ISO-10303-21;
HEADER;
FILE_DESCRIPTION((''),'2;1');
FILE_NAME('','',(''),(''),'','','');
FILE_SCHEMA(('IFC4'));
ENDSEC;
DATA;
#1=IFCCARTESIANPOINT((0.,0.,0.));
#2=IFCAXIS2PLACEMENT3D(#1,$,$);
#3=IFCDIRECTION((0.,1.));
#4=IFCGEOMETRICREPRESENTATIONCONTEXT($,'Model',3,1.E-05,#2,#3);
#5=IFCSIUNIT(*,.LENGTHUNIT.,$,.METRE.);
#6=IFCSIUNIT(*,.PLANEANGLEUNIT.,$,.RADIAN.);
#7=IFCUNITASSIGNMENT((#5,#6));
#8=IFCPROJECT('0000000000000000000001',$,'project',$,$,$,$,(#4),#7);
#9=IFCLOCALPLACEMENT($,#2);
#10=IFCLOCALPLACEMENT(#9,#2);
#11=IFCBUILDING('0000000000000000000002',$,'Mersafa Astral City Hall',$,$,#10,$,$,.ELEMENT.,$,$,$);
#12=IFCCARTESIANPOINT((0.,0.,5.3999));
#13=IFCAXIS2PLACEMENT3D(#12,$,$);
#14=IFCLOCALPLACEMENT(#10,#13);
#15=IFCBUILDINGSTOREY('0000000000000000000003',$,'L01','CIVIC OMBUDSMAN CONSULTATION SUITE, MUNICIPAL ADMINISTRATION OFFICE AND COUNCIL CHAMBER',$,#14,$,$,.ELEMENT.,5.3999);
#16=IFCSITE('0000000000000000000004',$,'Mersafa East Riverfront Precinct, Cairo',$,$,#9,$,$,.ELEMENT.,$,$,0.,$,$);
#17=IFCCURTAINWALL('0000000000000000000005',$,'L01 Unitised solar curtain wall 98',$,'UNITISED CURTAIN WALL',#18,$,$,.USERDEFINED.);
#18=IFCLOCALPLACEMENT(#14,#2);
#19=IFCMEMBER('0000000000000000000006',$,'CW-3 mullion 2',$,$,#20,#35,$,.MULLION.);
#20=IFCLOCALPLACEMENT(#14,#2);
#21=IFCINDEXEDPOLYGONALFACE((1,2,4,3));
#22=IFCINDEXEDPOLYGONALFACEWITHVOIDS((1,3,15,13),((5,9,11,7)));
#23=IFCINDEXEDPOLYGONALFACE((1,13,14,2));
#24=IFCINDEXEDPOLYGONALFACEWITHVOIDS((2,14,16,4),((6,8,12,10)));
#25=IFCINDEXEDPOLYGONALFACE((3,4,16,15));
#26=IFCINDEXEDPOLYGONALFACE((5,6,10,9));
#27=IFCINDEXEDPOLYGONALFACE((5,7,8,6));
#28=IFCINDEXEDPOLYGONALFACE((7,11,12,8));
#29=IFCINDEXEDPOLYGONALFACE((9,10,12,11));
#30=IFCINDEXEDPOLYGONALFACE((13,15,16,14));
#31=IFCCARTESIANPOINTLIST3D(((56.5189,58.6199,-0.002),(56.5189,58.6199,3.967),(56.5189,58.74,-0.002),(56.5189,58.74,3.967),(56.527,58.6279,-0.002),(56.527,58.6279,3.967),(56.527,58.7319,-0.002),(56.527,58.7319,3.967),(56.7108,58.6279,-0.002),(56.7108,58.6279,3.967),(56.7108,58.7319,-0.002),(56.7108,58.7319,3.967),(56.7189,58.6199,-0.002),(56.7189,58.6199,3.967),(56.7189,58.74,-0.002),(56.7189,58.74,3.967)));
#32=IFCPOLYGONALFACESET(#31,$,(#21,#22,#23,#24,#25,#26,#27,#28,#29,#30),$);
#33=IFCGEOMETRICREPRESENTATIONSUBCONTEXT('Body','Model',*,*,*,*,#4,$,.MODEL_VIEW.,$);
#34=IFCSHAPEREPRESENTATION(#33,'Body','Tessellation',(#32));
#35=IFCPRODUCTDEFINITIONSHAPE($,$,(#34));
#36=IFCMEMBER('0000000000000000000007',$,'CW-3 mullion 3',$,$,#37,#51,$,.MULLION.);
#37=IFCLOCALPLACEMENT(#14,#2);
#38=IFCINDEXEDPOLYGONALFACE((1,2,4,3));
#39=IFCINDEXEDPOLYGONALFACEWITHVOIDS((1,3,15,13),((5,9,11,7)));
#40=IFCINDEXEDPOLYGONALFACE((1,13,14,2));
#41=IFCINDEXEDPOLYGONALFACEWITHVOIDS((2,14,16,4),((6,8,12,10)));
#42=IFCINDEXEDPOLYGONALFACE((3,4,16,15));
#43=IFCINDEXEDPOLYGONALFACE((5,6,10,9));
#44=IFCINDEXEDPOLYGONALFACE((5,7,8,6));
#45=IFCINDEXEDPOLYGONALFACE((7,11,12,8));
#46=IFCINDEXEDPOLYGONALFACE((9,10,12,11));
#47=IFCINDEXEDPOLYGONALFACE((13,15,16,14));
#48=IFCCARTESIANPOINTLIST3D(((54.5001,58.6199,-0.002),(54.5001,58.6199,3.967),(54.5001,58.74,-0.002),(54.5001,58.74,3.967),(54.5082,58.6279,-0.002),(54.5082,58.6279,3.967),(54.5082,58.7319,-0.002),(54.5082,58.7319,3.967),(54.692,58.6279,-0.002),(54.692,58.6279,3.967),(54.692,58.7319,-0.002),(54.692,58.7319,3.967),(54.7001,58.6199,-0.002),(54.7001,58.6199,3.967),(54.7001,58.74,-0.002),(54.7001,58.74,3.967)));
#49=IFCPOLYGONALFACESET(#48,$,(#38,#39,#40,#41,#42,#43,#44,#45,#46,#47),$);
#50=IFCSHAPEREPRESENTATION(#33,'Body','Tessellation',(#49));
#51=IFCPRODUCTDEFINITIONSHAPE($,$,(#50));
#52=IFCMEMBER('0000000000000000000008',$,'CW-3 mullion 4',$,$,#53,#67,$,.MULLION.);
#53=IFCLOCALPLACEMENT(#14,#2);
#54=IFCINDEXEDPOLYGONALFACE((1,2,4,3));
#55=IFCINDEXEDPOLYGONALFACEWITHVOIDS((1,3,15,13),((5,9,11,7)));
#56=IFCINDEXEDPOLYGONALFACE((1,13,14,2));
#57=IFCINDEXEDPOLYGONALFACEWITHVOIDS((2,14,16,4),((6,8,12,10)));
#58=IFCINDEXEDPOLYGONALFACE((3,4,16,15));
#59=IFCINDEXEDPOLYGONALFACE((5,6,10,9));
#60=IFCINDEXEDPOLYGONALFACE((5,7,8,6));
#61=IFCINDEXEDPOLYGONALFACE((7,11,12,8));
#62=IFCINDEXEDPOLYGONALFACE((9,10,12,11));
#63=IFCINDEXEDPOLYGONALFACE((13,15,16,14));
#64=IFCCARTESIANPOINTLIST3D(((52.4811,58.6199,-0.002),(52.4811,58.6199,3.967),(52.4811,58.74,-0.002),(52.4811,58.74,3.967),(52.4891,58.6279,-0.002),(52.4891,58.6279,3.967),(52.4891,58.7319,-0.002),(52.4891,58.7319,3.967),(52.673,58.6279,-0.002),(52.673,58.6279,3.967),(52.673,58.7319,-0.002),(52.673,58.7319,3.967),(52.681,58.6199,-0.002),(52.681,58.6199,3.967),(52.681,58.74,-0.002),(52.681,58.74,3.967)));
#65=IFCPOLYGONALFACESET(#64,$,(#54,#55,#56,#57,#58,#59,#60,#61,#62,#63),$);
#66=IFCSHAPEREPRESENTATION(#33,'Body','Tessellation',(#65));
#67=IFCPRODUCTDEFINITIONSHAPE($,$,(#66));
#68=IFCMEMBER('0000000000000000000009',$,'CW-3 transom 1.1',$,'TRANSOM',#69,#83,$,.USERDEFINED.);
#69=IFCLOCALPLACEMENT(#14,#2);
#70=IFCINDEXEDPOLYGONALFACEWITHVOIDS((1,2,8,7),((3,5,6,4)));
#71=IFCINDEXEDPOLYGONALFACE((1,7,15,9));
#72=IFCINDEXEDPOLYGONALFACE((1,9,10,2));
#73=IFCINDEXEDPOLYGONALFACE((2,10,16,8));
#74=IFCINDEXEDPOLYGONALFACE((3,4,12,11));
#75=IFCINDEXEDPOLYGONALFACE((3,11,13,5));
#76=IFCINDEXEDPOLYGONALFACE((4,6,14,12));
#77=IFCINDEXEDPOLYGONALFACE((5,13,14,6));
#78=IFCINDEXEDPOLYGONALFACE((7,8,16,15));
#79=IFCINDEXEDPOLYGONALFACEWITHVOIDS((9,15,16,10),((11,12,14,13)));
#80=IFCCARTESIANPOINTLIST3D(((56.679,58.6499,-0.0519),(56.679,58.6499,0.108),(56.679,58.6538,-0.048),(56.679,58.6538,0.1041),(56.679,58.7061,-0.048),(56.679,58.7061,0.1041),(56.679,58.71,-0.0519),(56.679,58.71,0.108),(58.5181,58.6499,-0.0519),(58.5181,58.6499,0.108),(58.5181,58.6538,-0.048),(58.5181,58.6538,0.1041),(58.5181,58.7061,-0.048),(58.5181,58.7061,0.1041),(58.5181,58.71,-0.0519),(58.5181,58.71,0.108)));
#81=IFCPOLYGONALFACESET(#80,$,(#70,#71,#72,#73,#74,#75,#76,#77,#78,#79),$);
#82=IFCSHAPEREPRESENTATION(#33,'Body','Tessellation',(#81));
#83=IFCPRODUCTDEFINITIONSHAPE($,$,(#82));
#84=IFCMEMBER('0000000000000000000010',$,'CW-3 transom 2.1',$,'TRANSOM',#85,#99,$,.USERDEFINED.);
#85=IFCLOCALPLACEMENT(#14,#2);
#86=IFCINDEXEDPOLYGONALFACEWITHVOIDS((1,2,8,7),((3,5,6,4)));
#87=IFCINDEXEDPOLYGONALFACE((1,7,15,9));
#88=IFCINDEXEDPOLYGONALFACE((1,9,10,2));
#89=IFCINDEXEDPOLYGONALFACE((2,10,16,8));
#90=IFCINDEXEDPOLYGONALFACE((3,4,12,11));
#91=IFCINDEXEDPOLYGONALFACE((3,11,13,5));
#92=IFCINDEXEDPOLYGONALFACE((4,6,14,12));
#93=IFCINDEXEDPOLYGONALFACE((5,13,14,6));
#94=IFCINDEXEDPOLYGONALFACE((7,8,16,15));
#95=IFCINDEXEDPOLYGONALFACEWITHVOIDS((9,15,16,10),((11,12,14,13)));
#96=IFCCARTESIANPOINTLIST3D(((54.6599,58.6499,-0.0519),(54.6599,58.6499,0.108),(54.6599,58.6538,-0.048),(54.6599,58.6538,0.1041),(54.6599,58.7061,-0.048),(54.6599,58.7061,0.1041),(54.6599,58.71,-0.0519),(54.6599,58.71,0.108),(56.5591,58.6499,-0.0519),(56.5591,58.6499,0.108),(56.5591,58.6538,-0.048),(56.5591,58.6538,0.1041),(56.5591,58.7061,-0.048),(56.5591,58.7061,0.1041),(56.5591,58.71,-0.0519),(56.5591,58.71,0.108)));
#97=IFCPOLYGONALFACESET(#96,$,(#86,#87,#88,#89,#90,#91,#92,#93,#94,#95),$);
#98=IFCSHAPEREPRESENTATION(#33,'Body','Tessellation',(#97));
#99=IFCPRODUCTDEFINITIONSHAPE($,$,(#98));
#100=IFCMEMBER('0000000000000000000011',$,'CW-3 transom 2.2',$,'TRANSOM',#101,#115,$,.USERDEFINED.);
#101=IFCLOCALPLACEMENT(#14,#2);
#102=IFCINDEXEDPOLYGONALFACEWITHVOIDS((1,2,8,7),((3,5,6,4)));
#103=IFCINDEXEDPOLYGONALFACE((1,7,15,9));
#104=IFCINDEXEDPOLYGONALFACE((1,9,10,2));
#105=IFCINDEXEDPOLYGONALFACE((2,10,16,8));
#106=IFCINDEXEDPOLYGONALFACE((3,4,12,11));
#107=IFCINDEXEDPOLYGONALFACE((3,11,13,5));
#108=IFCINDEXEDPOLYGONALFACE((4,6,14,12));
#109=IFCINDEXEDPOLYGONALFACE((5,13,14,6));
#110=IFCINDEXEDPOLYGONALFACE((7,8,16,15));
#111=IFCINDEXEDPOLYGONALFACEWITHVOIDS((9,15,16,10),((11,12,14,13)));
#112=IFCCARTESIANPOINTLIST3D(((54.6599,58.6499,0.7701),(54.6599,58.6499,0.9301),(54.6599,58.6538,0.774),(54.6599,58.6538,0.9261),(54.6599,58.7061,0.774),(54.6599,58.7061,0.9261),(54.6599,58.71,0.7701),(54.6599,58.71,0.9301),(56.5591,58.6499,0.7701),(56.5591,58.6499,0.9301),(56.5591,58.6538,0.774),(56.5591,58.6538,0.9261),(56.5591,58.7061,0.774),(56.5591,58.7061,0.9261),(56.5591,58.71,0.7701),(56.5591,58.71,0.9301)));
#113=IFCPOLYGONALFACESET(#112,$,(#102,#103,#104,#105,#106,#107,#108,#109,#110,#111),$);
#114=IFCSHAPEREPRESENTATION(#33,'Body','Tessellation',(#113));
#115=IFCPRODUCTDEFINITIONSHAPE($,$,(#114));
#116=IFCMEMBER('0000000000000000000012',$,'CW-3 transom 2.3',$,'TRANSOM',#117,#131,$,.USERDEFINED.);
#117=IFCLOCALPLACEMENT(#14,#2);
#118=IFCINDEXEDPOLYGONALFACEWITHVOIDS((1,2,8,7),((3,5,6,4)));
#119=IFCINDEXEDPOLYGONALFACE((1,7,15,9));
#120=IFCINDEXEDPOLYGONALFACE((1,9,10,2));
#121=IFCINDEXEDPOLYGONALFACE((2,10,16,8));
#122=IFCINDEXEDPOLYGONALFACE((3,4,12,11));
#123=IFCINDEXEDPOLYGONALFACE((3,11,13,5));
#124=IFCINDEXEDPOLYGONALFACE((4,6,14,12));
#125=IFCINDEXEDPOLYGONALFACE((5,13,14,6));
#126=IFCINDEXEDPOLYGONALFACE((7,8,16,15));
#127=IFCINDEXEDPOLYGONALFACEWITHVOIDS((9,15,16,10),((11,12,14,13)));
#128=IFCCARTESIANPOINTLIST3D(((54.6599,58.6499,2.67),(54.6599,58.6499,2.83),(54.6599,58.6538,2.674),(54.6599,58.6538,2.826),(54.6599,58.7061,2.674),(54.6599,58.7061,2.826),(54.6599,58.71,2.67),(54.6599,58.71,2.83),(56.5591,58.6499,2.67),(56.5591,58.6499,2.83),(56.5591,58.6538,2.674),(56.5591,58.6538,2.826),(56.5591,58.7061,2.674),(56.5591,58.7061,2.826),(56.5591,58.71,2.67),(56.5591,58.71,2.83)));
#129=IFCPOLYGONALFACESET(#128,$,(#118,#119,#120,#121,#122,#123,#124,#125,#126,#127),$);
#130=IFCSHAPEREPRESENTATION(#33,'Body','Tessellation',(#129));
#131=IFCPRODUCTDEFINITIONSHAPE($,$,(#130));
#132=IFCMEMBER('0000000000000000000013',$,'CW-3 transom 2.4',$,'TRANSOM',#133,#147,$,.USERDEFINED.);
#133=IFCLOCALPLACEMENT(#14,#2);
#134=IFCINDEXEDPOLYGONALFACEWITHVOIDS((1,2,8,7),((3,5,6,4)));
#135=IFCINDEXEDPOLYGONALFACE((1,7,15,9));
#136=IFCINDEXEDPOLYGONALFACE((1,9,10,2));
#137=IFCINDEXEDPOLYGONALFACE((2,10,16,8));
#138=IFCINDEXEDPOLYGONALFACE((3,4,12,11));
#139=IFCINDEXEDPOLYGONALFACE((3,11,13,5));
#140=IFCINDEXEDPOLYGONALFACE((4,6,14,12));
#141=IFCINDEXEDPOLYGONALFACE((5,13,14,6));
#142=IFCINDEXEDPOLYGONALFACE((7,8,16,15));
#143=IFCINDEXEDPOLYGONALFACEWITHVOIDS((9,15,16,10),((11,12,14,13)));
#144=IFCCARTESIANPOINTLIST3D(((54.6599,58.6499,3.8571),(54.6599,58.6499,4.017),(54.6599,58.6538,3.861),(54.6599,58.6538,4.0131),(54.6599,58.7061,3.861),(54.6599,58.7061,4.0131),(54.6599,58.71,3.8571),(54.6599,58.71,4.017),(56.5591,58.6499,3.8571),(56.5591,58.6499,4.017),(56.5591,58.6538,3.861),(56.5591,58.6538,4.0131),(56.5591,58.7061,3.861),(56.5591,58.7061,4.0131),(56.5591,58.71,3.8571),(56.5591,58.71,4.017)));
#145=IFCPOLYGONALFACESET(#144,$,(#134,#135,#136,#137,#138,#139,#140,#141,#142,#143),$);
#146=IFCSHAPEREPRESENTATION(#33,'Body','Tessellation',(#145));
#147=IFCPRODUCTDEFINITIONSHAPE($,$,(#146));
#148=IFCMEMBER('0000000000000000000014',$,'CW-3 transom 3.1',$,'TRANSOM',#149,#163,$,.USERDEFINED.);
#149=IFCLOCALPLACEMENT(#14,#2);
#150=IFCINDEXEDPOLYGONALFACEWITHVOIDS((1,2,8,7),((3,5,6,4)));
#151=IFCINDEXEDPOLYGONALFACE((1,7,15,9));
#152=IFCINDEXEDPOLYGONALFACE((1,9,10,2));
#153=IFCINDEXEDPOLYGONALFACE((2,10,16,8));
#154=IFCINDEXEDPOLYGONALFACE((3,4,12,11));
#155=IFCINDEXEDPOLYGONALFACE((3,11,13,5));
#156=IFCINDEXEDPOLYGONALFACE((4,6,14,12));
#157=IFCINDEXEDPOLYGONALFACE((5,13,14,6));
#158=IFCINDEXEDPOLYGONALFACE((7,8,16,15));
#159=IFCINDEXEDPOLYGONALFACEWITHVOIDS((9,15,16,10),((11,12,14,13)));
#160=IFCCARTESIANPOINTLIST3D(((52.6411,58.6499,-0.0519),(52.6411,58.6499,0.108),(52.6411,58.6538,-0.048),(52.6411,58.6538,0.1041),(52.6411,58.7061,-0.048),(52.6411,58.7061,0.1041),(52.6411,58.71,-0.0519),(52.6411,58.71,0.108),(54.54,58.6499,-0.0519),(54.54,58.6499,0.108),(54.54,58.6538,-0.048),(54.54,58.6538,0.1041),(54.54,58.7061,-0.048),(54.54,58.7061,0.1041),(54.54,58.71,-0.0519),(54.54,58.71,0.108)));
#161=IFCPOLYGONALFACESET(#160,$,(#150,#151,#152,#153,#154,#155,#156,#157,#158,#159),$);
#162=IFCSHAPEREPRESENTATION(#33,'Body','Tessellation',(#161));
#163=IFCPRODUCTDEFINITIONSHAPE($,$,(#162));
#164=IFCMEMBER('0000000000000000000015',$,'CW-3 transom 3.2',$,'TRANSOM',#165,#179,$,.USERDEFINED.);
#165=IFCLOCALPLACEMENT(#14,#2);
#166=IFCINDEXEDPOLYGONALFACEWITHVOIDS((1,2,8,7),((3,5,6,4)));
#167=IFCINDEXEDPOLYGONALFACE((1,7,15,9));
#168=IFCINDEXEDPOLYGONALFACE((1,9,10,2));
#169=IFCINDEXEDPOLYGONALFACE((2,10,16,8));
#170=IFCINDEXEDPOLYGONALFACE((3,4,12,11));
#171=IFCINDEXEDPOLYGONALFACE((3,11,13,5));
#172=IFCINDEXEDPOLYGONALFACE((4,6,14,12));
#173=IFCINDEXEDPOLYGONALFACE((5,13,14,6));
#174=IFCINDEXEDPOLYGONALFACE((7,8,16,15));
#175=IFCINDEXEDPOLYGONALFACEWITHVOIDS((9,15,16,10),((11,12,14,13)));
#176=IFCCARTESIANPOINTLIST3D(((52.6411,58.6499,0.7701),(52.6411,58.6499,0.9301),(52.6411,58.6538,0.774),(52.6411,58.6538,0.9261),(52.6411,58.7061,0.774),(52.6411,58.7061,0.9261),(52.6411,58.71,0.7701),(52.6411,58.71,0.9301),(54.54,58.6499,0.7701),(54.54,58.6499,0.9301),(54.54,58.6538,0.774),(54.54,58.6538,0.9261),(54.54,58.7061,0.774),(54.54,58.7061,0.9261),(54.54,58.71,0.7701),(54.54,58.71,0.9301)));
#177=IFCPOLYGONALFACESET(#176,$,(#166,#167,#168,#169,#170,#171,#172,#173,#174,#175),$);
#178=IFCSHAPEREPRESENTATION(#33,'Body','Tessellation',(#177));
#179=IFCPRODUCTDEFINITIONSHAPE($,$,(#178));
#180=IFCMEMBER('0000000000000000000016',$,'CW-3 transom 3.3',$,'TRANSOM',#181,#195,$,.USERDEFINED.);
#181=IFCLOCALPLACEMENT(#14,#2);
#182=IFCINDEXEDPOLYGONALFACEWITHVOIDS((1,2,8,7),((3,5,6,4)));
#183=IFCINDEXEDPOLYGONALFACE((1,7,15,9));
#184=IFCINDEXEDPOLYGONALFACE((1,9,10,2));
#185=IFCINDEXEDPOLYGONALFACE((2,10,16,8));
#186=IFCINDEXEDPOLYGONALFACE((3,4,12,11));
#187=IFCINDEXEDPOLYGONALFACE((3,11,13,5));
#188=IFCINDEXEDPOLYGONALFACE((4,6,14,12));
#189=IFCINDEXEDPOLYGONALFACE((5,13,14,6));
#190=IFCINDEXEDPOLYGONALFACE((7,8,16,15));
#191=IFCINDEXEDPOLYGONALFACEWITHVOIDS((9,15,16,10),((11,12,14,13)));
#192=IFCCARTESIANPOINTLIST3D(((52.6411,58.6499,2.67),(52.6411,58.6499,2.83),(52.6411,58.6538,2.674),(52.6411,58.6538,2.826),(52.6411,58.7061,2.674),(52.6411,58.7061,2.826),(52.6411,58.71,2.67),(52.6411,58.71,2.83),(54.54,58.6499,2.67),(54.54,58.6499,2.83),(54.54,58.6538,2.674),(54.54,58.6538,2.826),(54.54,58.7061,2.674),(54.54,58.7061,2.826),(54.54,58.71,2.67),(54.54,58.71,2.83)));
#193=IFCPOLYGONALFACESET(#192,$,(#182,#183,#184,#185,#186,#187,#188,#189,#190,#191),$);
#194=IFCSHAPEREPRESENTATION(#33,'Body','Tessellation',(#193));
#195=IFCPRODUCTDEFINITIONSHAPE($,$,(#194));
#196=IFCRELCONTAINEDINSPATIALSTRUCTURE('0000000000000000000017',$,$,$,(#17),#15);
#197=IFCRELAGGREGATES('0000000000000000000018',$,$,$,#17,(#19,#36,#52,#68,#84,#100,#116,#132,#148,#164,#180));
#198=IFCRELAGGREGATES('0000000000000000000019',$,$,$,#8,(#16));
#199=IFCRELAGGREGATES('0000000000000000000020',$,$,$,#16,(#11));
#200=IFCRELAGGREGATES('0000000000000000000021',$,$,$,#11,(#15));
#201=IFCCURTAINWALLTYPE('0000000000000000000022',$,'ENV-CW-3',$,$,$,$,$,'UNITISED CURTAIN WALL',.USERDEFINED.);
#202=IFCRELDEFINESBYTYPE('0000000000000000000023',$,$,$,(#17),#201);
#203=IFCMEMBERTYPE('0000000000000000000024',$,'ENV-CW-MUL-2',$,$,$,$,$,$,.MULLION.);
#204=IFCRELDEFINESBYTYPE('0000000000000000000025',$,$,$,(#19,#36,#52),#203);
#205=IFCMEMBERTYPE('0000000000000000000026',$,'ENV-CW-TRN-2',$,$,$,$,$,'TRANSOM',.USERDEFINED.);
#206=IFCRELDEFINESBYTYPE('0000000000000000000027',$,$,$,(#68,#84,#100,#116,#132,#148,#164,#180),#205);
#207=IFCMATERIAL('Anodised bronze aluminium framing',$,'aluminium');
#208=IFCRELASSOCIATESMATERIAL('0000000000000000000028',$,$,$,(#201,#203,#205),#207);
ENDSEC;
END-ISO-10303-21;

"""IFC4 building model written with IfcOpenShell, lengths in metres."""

from ifc_helpers import new_model, si_unit, direction, frame, origin, origin_2d, place, context, subcontext, project, spatial, hollow_rectangle, extrude, material, material_profile, profile_set, type_object, element, aggregate, save


model = new_model("IFC4")

# Units and contexts
model_context = context("Model", 3, precision=1e-05, world=origin(), true_north=direction((0.0, 1.0)))
body_context = subcontext(model_context, "Body", "Model", "MODEL_VIEW")
ifc_project = project(units=[si_unit("LENGTHUNIT", "METRE"), si_unit("PLANEANGLEUNIT", "RADIAN")], contexts=[model_context])

# Site, building, storey
site_placement = place(None, origin())
site = spatial("IfcSite", under=ifc_project, at=site_placement, Name="Mersafa East Riverfront Precinct, Cairo", CompositionType="ELEMENT", RefElevation=0.0)
building_placement = place(site_placement, origin())
building = spatial("IfcBuilding", under=site, at=building_placement, Name="Mersafa Astral City Hall", CompositionType="ELEMENT")
storey_placement = place(building_placement, frame((0.0, 0.0, 5.3999)))
storey = spatial("IfcBuildingStorey", under=building, at=storey_placement, Name="L01", Description="CIVIC OMBUDSMAN CONSULTATION SUITE, MUNICIPAL ADMINISTRATION OFFICE AND COUNCIL CHAMBER", CompositionType="ELEMENT", Elevation=5.3999)

# Curtain wall, members
ifc_material_1 = material(Name="Anodised bronze aluminium framing", Category="aluminium")
curtain_wall_type = type_object("IfcCurtainWallType", Name="ENV-CW-3", ElementType="UNITISED CURTAIN WALL", PredefinedType="USERDEFINED", material=ifc_material_1)
curtain_wall_placement = place(storey_placement, origin())
curtain_wall = element("IfcCurtainWall", 1, at=curtain_wall_placement, inside=storey, type_object=curtain_wall_type, Name="L01 Unitised solar curtain wall 98", ObjectType="UNITISED CURTAIN WALL", PredefinedType="USERDEFINED")
ifc_material_profile_1 = material_profile(ifc_material_1, hollow_rectangle(XDim=0.1201, YDim=0.2, WallThickness=0.0081, at=origin_2d()), Name="RHS 120x200x8")
ifc_profile_set_1 = profile_set([ifc_material_profile_1], Name="Anodised bronze aluminium framing")
member_type_1 = type_object("IfcMemberType", Name="ENV-CW-MUL-2", PredefinedType="MULLION", material=ifc_profile_set_1)
member_1_placement = place(storey_placement, frame((56.6189, 58.6799, -0.002), z_axis=(0.0, 0.0, 1.0), x_axis=(0.0, -1.0, 0.0)))
member_1 = element("IfcMember", 2, at=member_1_placement, type_object=member_type_1, Name="CW-3 mullion 2", PredefinedType="MULLION", context=body_context, shape_type="SweptSolid", body=[
    extrude(hollow_rectangle(XDim=0.1201, YDim=0.2, WallThickness=0.0081, at=origin_2d()), origin(), (0.0, 0.0, 1.0), 3.969),
])
member_2_placement = place(storey_placement, frame((54.6001, 58.6799, -0.002), z_axis=(0.0, 0.0, 1.0), x_axis=(0.0, -1.0, 0.0)))
member_2 = element("IfcMember", 3, at=member_2_placement, type_object=member_type_1, Name="CW-3 mullion 3", PredefinedType="MULLION", context=body_context, shape_type="SweptSolid", body=[
    extrude(hollow_rectangle(XDim=0.1201, YDim=0.2, WallThickness=0.0081, at=origin_2d()), origin(), (0.0, 0.0, 1.0), 3.969),
])
member_3_placement = place(storey_placement, frame((52.5811, 58.6799, -0.002), z_axis=(0.0, 0.0, 1.0), x_axis=(0.0, -1.0, 0.0)))
member_3 = element("IfcMember", 4, at=member_3_placement, type_object=member_type_1, Name="CW-3 mullion 4", PredefinedType="MULLION", context=body_context, shape_type="SweptSolid", body=[
    extrude(hollow_rectangle(XDim=0.1201, YDim=0.2, WallThickness=0.0081, at=origin_2d()), origin(), (0.0, 0.0, 1.0), 3.969),
])
ifc_material_profile_2 = material_profile(ifc_material_1, hollow_rectangle(XDim=0.0601, YDim=0.1599, WallThickness=0.0039, at=origin_2d()), Name="RHS 60x160x4")
ifc_profile_set_2 = profile_set([ifc_material_profile_2], Name="Anodised bronze aluminium framing")
member_type_2 = type_object("IfcMemberType", Name="ENV-CW-TRN-2", ElementType="TRANSOM", PredefinedType="USERDEFINED", material=ifc_profile_set_2)
member_4_placement = place(storey_placement, frame((58.5181, 58.6799, 0.0281), z_axis=(-1.0, 0.0, 0.0), x_axis=(0.0, -1.0, 0.0)))
member_4 = element("IfcMember", 5, at=member_4_placement, type_object=member_type_2, Name="CW-3 transom 1.1", ObjectType="TRANSOM", PredefinedType="USERDEFINED", context=body_context, shape_type="SweptSolid", body=[
    extrude(hollow_rectangle(XDim=0.0601, YDim=0.1599, WallThickness=0.0039, at=origin_2d()), origin(), (0.0, 0.0, 1.0), 1.8391),
])
member_5_placement = place(storey_placement, frame((56.5591, 58.6799, 0.0281), z_axis=(-1.0, 0.0, 0.0), x_axis=(0.0, -1.0, 0.0)))
member_5 = element("IfcMember", 6, at=member_5_placement, type_object=member_type_2, Name="CW-3 transom 2.1", ObjectType="TRANSOM", PredefinedType="USERDEFINED", context=body_context, shape_type="SweptSolid", body=[
    extrude(hollow_rectangle(XDim=0.0601, YDim=0.1599, WallThickness=0.0039, at=origin_2d()), origin(), (0.0, 0.0, 1.0), 1.8992),
])
member_6_placement = place(storey_placement, frame((56.5591, 58.6799, 0.8501), z_axis=(-1.0, 0.0, 0.0), x_axis=(0.0, -1.0, 0.0)))
member_6 = element("IfcMember", 7, at=member_6_placement, type_object=member_type_2, Name="CW-3 transom 2.2", ObjectType="TRANSOM", PredefinedType="USERDEFINED", context=body_context, shape_type="SweptSolid", body=[
    extrude(hollow_rectangle(XDim=0.0601, YDim=0.1599, WallThickness=0.0039, at=origin_2d()), origin(), (0.0, 0.0, 1.0), 1.8992),
])
member_7_placement = place(storey_placement, frame((56.5591, 58.6799, 2.75), z_axis=(-1.0, 0.0, 0.0), x_axis=(0.0, -1.0, 0.0)))
member_7 = element("IfcMember", 8, at=member_7_placement, type_object=member_type_2, Name="CW-3 transom 2.3", ObjectType="TRANSOM", PredefinedType="USERDEFINED", context=body_context, shape_type="SweptSolid", body=[
    extrude(hollow_rectangle(XDim=0.0601, YDim=0.1599, WallThickness=0.0039, at=origin_2d()), origin(), (0.0, 0.0, 1.0), 1.8992),
])
member_8_placement = place(storey_placement, frame((56.5591, 58.6799, 3.937), z_axis=(-1.0, 0.0, 0.0), x_axis=(0.0, -1.0, 0.0)))
member_8 = element("IfcMember", 9, at=member_8_placement, type_object=member_type_2, Name="CW-3 transom 2.4", ObjectType="TRANSOM", PredefinedType="USERDEFINED", context=body_context, shape_type="SweptSolid", body=[
    extrude(hollow_rectangle(XDim=0.0601, YDim=0.1599, WallThickness=0.0039, at=origin_2d()), origin(), (0.0, 0.0, 1.0), 1.8992),
])
member_9_placement = place(storey_placement, frame((54.54, 58.6799, 0.0281), z_axis=(-1.0, 0.0, 0.0), x_axis=(0.0, -1.0, 0.0)))
member_9 = element("IfcMember", 10, at=member_9_placement, type_object=member_type_2, Name="CW-3 transom 3.1", ObjectType="TRANSOM", PredefinedType="USERDEFINED", context=body_context, shape_type="SweptSolid", body=[
    extrude(hollow_rectangle(XDim=0.0601, YDim=0.1599, WallThickness=0.0039, at=origin_2d()), origin(), (0.0, 0.0, 1.0), 1.8989),
])
member_10_placement = place(storey_placement, frame((54.54, 58.6799, 0.8501), z_axis=(-1.0, 0.0, 0.0), x_axis=(0.0, -1.0, 0.0)))
member_10 = element("IfcMember", 11, at=member_10_placement, type_object=member_type_2, Name="CW-3 transom 3.2", ObjectType="TRANSOM", PredefinedType="USERDEFINED", context=body_context, shape_type="SweptSolid", body=[
    extrude(hollow_rectangle(XDim=0.0601, YDim=0.1599, WallThickness=0.0039, at=origin_2d()), origin(), (0.0, 0.0, 1.0), 1.8989),
])
member_11_placement = place(storey_placement, frame((54.54, 58.6799, 2.75), z_axis=(-1.0, 0.0, 0.0), x_axis=(0.0, -1.0, 0.0)))
member_11 = element("IfcMember", 12, at=member_11_placement, type_object=member_type_2, Name="CW-3 transom 3.3", ObjectType="TRANSOM", PredefinedType="USERDEFINED", context=body_context, shape_type="SweptSolid", body=[
    extrude(hollow_rectangle(XDim=0.0601, YDim=0.1599, WallThickness=0.0039, at=origin_2d()), origin(), (0.0, 0.0, 1.0), 1.8989),
])
aggregate(curtain_wall, [member_1, member_2, member_3, member_4, member_5, member_6, member_7, member_8, member_9, member_10, member_11])

save(model, "model.ifc")
